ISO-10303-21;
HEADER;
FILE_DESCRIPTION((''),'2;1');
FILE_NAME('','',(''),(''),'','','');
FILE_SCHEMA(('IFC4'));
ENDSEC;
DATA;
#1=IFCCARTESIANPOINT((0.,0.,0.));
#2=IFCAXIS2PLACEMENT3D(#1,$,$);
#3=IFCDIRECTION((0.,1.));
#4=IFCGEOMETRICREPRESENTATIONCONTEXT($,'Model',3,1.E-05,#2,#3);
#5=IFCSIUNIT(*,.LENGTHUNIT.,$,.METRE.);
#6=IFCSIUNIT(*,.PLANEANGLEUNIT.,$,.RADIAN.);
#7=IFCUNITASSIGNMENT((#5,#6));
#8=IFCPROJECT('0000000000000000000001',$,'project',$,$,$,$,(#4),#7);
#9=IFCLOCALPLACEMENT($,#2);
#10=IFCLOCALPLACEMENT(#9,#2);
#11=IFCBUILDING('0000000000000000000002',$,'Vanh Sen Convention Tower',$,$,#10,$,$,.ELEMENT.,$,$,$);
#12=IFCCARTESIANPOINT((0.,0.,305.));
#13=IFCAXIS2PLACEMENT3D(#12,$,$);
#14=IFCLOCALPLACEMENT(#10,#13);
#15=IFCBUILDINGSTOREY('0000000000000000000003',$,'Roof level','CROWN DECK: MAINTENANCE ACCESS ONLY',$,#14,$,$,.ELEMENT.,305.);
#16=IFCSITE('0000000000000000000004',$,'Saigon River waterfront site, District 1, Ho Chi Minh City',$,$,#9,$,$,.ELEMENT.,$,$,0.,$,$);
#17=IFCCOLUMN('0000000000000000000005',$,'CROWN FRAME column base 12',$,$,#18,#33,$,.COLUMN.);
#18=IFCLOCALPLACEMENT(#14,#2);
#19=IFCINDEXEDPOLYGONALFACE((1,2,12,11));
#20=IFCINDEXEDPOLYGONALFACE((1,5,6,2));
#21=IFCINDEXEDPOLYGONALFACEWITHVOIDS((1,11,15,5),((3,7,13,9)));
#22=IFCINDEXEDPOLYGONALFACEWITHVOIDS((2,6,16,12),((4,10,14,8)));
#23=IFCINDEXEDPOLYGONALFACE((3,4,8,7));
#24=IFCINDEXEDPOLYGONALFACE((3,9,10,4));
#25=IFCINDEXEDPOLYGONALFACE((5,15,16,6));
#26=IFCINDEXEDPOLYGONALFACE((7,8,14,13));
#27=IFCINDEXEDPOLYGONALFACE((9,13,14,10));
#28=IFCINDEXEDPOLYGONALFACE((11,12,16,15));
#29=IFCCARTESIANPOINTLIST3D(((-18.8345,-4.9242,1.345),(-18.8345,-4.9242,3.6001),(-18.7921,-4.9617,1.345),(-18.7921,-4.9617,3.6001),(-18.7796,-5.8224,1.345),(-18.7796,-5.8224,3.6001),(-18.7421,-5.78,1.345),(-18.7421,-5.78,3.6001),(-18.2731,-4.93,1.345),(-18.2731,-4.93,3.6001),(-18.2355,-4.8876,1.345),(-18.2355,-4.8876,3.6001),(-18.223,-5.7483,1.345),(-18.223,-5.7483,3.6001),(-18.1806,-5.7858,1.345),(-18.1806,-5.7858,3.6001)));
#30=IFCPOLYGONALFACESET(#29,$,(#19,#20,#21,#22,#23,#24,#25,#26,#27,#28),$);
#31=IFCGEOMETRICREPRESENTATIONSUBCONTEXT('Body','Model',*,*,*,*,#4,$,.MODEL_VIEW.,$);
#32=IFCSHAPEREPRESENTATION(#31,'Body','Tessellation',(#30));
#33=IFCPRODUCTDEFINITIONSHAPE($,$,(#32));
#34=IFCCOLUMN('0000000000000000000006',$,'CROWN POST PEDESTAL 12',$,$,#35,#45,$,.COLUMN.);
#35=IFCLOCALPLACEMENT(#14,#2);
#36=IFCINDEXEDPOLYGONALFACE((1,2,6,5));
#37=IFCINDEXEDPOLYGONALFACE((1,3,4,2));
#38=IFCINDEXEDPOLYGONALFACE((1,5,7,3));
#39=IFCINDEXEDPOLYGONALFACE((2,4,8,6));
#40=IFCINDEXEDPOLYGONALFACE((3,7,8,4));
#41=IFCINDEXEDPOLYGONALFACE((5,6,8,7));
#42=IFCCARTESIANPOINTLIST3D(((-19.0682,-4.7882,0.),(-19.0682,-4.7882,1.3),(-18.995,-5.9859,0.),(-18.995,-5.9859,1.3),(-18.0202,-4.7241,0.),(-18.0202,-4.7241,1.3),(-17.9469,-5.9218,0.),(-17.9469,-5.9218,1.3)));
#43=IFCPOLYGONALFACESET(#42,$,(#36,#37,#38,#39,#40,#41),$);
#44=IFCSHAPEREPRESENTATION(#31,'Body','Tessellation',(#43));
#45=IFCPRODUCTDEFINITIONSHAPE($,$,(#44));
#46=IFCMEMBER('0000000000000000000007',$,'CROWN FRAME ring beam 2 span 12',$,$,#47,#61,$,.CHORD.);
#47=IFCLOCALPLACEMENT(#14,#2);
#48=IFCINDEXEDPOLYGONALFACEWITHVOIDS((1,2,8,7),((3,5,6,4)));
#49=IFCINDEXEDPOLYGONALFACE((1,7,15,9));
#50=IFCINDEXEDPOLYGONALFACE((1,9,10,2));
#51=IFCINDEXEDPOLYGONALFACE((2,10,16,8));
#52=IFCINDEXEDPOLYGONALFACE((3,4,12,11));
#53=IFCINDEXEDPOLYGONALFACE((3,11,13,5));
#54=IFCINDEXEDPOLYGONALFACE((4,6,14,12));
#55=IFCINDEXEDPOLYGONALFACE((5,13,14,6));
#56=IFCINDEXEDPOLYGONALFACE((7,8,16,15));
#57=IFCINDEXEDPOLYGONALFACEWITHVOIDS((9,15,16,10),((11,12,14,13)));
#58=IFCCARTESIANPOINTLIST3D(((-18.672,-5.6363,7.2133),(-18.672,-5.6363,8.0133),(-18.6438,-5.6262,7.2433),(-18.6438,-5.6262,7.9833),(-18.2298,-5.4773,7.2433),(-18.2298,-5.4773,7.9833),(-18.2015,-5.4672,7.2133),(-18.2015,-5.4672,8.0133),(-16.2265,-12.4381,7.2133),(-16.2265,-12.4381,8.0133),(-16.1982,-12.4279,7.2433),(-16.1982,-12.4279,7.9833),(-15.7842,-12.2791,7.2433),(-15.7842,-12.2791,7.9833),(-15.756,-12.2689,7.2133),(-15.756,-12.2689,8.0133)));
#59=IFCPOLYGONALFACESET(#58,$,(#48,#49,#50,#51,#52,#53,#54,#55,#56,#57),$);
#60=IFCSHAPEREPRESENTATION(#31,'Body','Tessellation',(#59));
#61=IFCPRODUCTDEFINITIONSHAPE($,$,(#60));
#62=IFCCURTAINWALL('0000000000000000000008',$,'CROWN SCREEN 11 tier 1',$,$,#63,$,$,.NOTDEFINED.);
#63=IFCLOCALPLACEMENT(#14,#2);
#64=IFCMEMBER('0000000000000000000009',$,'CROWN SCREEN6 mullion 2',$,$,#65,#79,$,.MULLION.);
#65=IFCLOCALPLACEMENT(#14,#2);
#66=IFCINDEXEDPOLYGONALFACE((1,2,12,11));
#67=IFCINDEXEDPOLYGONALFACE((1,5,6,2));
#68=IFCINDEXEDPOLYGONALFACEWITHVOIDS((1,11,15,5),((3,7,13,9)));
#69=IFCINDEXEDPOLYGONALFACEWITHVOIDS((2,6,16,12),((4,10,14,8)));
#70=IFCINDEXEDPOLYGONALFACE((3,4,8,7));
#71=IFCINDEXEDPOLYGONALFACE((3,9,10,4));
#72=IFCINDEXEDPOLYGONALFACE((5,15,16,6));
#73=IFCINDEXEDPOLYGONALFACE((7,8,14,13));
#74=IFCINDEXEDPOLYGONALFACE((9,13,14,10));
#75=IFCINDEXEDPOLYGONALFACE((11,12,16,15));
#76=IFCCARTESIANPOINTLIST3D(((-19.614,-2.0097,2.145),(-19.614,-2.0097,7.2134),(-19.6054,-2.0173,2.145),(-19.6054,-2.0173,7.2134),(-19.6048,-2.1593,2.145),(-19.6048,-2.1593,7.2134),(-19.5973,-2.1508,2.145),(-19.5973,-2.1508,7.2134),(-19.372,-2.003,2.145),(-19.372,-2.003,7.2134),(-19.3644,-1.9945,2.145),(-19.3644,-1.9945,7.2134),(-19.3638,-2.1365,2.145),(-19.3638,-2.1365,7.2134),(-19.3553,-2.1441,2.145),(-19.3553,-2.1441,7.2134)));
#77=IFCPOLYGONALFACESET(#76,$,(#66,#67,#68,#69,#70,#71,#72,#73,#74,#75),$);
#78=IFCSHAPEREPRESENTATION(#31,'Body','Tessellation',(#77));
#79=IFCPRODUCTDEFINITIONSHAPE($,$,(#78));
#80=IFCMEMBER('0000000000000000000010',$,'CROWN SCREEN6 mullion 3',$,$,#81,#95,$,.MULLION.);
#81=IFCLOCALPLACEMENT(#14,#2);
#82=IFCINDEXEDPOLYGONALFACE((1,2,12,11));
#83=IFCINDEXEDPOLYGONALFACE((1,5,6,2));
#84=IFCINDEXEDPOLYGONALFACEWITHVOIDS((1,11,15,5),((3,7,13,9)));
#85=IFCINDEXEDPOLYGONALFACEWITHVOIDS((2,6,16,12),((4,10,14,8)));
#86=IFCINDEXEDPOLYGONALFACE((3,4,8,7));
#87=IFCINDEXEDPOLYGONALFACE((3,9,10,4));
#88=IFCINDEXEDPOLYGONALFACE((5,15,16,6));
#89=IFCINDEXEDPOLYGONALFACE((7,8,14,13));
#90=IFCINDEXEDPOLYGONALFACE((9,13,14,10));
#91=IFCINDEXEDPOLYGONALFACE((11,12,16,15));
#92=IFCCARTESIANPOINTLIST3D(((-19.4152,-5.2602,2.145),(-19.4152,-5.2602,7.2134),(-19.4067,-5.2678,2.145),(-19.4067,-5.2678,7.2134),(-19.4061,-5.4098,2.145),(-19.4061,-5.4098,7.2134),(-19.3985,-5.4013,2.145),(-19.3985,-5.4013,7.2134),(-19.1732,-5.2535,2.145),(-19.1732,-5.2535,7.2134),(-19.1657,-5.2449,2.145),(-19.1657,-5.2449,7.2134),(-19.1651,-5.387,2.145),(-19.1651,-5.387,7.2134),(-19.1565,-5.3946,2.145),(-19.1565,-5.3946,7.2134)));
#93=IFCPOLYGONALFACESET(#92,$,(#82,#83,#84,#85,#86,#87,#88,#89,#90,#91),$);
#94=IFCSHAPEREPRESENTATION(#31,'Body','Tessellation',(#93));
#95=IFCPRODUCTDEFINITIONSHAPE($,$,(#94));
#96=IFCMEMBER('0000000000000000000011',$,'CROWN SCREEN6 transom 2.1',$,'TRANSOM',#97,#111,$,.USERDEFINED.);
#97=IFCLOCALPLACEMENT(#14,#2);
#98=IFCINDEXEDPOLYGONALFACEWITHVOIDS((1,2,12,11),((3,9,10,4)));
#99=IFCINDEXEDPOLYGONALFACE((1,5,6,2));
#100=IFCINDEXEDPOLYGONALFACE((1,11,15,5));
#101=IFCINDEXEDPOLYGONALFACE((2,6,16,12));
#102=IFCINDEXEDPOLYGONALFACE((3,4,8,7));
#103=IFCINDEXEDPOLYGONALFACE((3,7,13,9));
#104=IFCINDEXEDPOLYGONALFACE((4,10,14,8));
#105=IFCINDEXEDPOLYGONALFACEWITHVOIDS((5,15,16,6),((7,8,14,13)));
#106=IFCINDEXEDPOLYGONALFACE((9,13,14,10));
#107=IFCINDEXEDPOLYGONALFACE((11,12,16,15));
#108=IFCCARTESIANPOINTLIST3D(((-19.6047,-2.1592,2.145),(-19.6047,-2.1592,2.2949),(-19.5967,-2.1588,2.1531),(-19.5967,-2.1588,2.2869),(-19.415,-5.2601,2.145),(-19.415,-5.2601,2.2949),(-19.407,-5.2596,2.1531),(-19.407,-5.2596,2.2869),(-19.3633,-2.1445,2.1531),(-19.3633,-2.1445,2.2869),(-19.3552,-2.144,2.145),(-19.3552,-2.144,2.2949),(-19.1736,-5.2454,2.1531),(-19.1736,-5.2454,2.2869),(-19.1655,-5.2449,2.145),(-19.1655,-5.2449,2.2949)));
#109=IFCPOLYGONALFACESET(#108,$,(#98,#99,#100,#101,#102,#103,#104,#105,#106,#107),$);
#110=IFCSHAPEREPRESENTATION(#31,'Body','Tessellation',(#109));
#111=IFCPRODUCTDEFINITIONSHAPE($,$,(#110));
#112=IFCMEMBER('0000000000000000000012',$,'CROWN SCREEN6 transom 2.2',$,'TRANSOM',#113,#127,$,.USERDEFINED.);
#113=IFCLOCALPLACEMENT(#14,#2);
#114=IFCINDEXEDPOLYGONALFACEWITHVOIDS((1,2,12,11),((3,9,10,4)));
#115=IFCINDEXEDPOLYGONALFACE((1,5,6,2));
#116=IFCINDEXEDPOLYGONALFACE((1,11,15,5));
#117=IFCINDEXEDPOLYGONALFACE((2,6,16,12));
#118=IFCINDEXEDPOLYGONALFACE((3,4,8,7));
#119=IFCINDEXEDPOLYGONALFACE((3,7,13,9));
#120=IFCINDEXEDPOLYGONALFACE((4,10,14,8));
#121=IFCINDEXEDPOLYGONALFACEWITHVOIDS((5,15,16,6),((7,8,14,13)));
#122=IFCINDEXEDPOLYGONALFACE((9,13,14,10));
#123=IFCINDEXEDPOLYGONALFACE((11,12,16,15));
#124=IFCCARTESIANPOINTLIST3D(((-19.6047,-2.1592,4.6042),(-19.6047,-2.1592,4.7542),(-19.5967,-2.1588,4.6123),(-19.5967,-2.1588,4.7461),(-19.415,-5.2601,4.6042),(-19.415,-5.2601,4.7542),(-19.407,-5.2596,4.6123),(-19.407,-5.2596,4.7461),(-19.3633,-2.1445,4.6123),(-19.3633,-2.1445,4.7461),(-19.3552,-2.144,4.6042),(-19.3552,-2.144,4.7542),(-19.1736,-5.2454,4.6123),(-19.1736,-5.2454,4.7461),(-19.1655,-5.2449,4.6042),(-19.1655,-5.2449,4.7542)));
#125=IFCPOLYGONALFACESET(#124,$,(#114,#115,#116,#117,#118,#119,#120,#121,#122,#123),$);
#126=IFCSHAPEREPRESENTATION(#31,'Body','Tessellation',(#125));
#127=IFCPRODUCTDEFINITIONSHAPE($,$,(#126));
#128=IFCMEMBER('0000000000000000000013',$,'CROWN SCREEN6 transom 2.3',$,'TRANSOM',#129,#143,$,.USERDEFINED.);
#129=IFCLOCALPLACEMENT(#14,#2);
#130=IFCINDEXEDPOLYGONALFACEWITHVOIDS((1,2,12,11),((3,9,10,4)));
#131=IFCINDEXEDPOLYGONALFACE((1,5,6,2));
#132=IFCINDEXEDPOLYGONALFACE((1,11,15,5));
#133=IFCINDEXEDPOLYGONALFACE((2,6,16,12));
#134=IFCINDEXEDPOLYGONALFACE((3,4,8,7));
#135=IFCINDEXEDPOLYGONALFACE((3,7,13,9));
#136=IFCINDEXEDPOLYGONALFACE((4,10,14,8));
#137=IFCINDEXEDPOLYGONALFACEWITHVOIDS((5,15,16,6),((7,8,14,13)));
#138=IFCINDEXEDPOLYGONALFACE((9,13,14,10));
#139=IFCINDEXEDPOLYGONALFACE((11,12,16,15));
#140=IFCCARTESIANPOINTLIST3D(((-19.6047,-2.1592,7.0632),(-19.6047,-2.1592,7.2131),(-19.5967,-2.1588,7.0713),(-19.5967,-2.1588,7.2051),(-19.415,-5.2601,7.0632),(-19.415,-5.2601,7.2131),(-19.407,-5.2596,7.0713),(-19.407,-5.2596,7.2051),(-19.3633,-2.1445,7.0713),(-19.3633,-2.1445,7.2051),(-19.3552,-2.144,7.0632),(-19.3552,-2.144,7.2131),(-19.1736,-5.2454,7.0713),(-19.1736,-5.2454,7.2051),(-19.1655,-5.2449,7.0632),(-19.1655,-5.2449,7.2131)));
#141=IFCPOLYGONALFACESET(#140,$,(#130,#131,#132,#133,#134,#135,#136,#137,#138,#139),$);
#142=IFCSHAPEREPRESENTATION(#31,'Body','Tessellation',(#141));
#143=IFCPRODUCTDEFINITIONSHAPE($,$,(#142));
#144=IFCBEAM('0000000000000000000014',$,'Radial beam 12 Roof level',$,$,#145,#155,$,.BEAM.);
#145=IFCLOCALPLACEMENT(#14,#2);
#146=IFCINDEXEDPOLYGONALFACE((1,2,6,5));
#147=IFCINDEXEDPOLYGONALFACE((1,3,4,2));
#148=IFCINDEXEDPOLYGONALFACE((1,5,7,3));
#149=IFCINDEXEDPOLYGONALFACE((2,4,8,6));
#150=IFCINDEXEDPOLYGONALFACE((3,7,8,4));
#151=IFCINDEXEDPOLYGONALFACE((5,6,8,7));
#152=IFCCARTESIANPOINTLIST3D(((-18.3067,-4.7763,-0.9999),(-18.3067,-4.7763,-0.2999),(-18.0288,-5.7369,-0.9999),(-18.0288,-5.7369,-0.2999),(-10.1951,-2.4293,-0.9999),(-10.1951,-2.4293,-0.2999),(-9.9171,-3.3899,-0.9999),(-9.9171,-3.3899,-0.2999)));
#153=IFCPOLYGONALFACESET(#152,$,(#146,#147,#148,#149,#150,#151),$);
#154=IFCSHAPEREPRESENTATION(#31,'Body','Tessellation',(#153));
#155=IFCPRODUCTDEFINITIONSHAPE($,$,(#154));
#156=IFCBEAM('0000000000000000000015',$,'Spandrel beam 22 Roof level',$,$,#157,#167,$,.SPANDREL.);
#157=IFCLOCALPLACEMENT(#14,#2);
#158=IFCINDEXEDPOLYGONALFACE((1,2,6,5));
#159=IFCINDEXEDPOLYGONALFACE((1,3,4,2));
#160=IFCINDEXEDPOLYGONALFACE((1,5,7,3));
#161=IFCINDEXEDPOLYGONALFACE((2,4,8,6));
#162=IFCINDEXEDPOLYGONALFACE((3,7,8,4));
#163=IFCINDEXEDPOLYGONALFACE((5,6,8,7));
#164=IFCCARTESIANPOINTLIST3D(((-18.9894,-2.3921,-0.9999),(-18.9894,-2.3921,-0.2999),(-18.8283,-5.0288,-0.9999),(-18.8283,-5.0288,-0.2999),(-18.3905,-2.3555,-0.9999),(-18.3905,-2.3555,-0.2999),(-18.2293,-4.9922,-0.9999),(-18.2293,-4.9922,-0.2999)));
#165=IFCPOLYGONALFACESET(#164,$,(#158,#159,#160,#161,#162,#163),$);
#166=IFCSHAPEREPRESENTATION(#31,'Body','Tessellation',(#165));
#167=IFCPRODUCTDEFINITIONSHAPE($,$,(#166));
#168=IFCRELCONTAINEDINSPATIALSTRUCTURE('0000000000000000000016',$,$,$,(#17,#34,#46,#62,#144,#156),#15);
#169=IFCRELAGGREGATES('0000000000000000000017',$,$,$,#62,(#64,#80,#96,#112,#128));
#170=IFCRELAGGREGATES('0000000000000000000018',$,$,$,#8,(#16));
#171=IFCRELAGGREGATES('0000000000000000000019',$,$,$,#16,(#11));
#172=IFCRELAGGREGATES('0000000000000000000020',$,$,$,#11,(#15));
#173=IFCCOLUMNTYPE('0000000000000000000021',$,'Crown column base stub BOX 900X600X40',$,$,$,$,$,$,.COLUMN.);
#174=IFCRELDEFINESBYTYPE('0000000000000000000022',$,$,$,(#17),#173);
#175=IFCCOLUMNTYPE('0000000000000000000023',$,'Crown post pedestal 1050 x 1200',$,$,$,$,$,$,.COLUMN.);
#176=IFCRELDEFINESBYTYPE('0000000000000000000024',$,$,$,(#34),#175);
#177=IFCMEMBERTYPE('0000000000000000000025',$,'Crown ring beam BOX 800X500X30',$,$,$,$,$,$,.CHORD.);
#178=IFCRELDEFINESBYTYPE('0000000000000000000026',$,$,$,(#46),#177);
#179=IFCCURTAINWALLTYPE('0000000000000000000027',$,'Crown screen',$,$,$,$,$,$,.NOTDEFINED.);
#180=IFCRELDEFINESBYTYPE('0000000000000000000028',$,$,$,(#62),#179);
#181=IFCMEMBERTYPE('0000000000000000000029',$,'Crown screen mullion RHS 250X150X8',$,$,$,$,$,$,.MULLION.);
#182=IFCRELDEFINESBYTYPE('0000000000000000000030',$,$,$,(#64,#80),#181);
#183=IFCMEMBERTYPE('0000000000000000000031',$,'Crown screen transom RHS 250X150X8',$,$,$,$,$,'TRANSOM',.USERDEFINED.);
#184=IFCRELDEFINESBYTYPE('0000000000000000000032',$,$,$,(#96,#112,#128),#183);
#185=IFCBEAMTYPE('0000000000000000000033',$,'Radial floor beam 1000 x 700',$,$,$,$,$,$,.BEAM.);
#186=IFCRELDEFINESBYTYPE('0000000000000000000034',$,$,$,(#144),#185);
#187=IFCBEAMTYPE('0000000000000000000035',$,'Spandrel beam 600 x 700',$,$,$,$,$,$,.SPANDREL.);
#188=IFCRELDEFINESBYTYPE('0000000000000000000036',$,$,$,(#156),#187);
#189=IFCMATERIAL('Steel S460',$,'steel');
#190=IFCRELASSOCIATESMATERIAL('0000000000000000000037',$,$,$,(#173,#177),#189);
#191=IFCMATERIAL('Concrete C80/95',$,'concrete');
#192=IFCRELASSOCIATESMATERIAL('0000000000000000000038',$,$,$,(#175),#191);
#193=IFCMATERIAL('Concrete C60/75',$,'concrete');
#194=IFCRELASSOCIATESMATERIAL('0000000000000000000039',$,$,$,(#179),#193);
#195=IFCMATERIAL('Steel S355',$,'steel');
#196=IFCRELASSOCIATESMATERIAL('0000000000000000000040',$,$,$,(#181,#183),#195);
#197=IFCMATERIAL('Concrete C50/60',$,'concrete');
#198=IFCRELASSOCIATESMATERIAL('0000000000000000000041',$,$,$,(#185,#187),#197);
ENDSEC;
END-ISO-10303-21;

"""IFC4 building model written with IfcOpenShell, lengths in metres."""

from ifc_helpers import new_model, si_unit, direction, frame, origin, origin_2d, place, context, subcontext, project, spatial, rectangle, hollow_rectangle, extrude, material, material_profile, profile_set, type_object, element, aggregate, save


model = new_model("IFC4")

# Units and contexts
model_context = context("Model", 3, precision=1e-05, world=origin(), true_north=direction((0.0, 1.0)))
body_context = subcontext(model_context, "Body", "Model", "MODEL_VIEW")
ifc_project = project(units=[si_unit("LENGTHUNIT", "METRE"), si_unit("PLANEANGLEUNIT", "RADIAN")], contexts=[model_context])

# Site, building, storey
site_placement = place(None, origin())
site = spatial("IfcSite", under=ifc_project, at=site_placement, Name="Saigon River waterfront site, District 1, Ho Chi Minh City", CompositionType="ELEMENT", RefElevation=0.0)
building_placement = place(site_placement, origin())
building = spatial("IfcBuilding", under=site, at=building_placement, Name="Vanh Sen Convention Tower", CompositionType="ELEMENT")
storey_placement = place(building_placement, frame((0.0, 0.0, 305.0)))
storey = spatial("IfcBuildingStorey", under=building, at=storey_placement, Name="Roof level", Description="CROWN DECK: MAINTENANCE ACCESS ONLY", CompositionType="ELEMENT", Elevation=305.0)

# Columns
ifc_material_1 = material(Name="Steel S460", Category="steel")
ifc_material_profile_1 = material_profile(ifc_material_1, hollow_rectangle(XDim=0.6001, YDim=0.8999, WallThickness=0.04, at=origin_2d()), Name="BOX 900X600X40")
ifc_profile_set_1 = profile_set([ifc_material_profile_1], Name="Steel S460")
column_type_1 = type_object("IfcColumnType", Name="Crown column base stub BOX 900X600X40", PredefinedType="COLUMN", material=ifc_profile_set_1)
column_1_placement = place(storey_placement, frame((-18.5076, -5.355, 1.345), z_axis=(0.0, 0.0, 1.0), x_axis=(0.998135, 0.061049, 0.0)))
element("IfcColumn", 1, at=column_1_placement, inside=storey, type_object=column_type_1, Name="CROWN FRAME column base 12", PredefinedType="COLUMN", context=body_context, shape_type="SweptSolid", body=[
    extrude(hollow_rectangle(XDim=0.6001, YDim=0.8999, WallThickness=0.04, at=origin_2d()), origin(), (0.0, 0.0, 1.0), 2.2551),
])
ifc_material_2 = material(Name="Concrete C80/95", Category="concrete")
ifc_material_profile_2 = material_profile(ifc_material_2, rectangle(XDim=1.05, YDim=1.2, at=origin_2d()), Name="RC 1050X1200")
ifc_profile_set_2 = profile_set([ifc_material_profile_2], Name="Concrete C80/95")
column_type_2 = type_object("IfcColumnType", Name="Crown post pedestal 1050 x 1200", PredefinedType="COLUMN", material=ifc_profile_set_2)
column_2_placement = place(storey_placement, frame((-18.5076, -5.355, 0.0), z_axis=(0.0, 0.0, 1.0), x_axis=(0.998135, 0.061049, 0.0)))
element("IfcColumn", 2, at=column_2_placement, inside=storey, type_object=column_type_2, Name="CROWN POST PEDESTAL 12", PredefinedType="COLUMN", context=body_context, shape_type="SweptSolid", body=[
    extrude(rectangle(XDim=1.05, YDim=1.2, at=origin_2d()), origin(), (0.0, 0.0, 1.0), 1.3),
])

# Member
ifc_material_profile_3 = material_profile(ifc_material_1, hollow_rectangle(XDim=0.5, YDim=0.8, WallThickness=0.03, at=origin_2d()), Name="BOX 800X500X30")
ifc_profile_set_3 = profile_set([ifc_material_profile_3], Name="Steel S460")
member_type_1 = type_object("IfcMemberType", Name="Crown ring beam BOX 800X500X30", PredefinedType="CHORD", material=ifc_profile_set_3)
member_1_placement = place(storey_placement, frame((-18.4368, -5.5518, 7.6133), z_axis=(0.338343, -0.941023, 0.0), x_axis=(0.941023, 0.338343, 0.0)))
element("IfcMember", 3, at=member_1_placement, inside=storey, type_object=member_type_1, Name="CROWN FRAME ring beam 2 span 12", PredefinedType="CHORD", context=body_context, shape_type="SweptSolid", body=[
    extrude(hollow_rectangle(XDim=0.5, YDim=0.8, WallThickness=0.03, at=origin_2d()), origin(), (0.0, 0.0, 1.0), 7.228),
])

# Curtain wall, members
ifc_material_3 = material(Name="Concrete C60/75", Category="concrete")
curtain_wall_type = type_object("IfcCurtainWallType", Name="Crown screen", PredefinedType="NOTDEFINED", material=ifc_material_3)
curtain_wall_placement = place(storey_placement, origin())
curtain_wall = element("IfcCurtainWall", 4, at=curtain_wall_placement, inside=storey, type_object=curtain_wall_type, Name="CROWN SCREEN 11 tier 1", PredefinedType="NOTDEFINED")
ifc_material_4 = material(Name="Steel S355", Category="steel")
ifc_material_profile_4 = material_profile(ifc_material_4, hollow_rectangle(XDim=0.25, YDim=0.1499, WallThickness=0.0081, at=origin_2d()), Name="RHS 250X150X8")
ifc_profile_set_4 = profile_set([ifc_material_profile_4], Name="Steel S355")
member_type_2 = type_object("IfcMemberType", Name="Crown screen mullion RHS 250X150X8", PredefinedType="MULLION", material=ifc_profile_set_4)
member_2_placement = place(storey_placement, frame((-19.4846, -2.0769, 2.145), z_axis=(0.0, 0.0, 1.0), x_axis=(0.998135, 0.061051, 0.0)))
member_2 = element("IfcMember", 5, at=member_2_placement, type_object=member_type_2, Name="CROWN SCREEN6 mullion 2", PredefinedType="MULLION", context=body_context, shape_type="SweptSolid", body=[
    extrude(hollow_rectangle(XDim=0.25, YDim=0.1499, WallThickness=0.0081, at=origin_2d()), origin(), (0.0, 0.0, 1.0), 5.0684),
])
member_3_placement = place(storey_placement, frame((-19.2859, -5.3274, 2.145), z_axis=(0.0, 0.0, 1.0), x_axis=(0.998135, 0.061051, 0.0)))
member_3 = element("IfcMember", 6, at=member_3_placement, type_object=member_type_2, Name="CROWN SCREEN6 mullion 3", PredefinedType="MULLION", context=body_context, shape_type="SweptSolid", body=[
    extrude(hollow_rectangle(XDim=0.25, YDim=0.1499, WallThickness=0.0081, at=origin_2d()), origin(), (0.0, 0.0, 1.0), 5.0684),
])
ifc_material_profile_5 = material_profile(ifc_material_4, hollow_rectangle(XDim=0.25, YDim=0.1499, WallThickness=0.0081, at=origin_2d()), Name="RHS 250X150X8")
ifc_profile_set_5 = profile_set([ifc_material_profile_5], Name="Steel S355")
member_type_3 = type_object("IfcMemberType", Name="Crown screen transom RHS 250X150X8", ElementType="TRANSOM", PredefinedType="USERDEFINED", material=ifc_profile_set_5)
member_4_placement = place(storey_placement, frame((-19.48, -2.1516, 2.22), z_axis=(0.061062, -0.998134, 0.0), x_axis=(0.998134, 0.061062, 0.0)))
member_4 = element("IfcMember", 7, at=member_4_placement, type_object=member_type_3, Name="CROWN SCREEN6 transom 2.1", ObjectType="TRANSOM", PredefinedType="USERDEFINED", context=body_context, shape_type="SweptSolid", body=[
    extrude(hollow_rectangle(XDim=0.25, YDim=0.1499, WallThickness=0.0081, at=origin_2d()), origin(), (0.0, 0.0, 1.0), 3.1067),
])
member_5_placement = place(storey_placement, frame((-19.48, -2.1516, 4.6792), z_axis=(0.061062, -0.998134, 0.0), x_axis=(0.998134, 0.061062, 0.0)))
member_5 = element("IfcMember", 8, at=member_5_placement, type_object=member_type_3, Name="CROWN SCREEN6 transom 2.2", ObjectType="TRANSOM", PredefinedType="USERDEFINED", context=body_context, shape_type="SweptSolid", body=[
    extrude(hollow_rectangle(XDim=0.25, YDim=0.1499, WallThickness=0.0081, at=origin_2d()), origin(), (0.0, 0.0, 1.0), 3.1067),
])
member_6_placement = place(storey_placement, frame((-19.48, -2.1516, 7.1382), z_axis=(0.061062, -0.998134, 0.0), x_axis=(0.998134, 0.061062, 0.0)))
member_6 = element("IfcMember", 9, at=member_6_placement, type_object=member_type_3, Name="CROWN SCREEN6 transom 2.3", ObjectType="TRANSOM", PredefinedType="USERDEFINED", context=body_context, shape_type="SweptSolid", body=[
    extrude(hollow_rectangle(XDim=0.25, YDim=0.1499, WallThickness=0.0081, at=origin_2d()), origin(), (0.0, 0.0, 1.0), 3.1067),
])

# Beams
ifc_material_5 = material(Name="Concrete C50/60", Category="concrete")
ifc_material_profile_6 = material_profile(ifc_material_5, rectangle(XDim=1.0, YDim=0.7, at=origin_2d()), Name="RC 1000X700")
ifc_profile_set_6 = profile_set([ifc_material_profile_6], Name="Concrete C50/60")
beam_type_1 = type_object("IfcBeamType", Name="Radial floor beam 1000 x 700", PredefinedType="BEAM", material=ifc_profile_set_6)
beam_1_placement = place(storey_placement, frame((-18.1677, -5.2566, -0.6499), z_axis=(0.960601, 0.277931, 0.0), x_axis=(-0.277931, 0.960601, 0.0)))
element("IfcBeam", 10, at=beam_1_placement, inside=storey, type_object=beam_type_1, Name="Radial beam 12 Roof level", PredefinedType="BEAM", context=body_context, shape_type="SweptSolid", body=[
    extrude(rectangle(XDim=1.0, YDim=0.7, at=origin_2d()), origin(), (0.0, 0.0, 1.0), 8.4443),
])
ifc_material_profile_7 = material_profile(ifc_material_5, rectangle(XDim=0.6001, YDim=0.7, at=origin_2d()), Name="RC 600X700")
ifc_profile_set_7 = profile_set([ifc_material_profile_7], Name="Concrete C50/60")
beam_type_2 = type_object("IfcBeamType", Name="Spandrel beam 600 x 700", PredefinedType="SPANDREL", material=ifc_profile_set_7)
beam_2_placement = place(storey_placement, frame((-18.6899, -2.3738, -0.6499), z_axis=(0.060997, -0.998138, 0.0), x_axis=(0.998138, 0.060997, 0.0)))
element("IfcBeam", 11, at=beam_2_placement, inside=storey, type_object=beam_type_2, Name="Spandrel beam 22 Roof level", PredefinedType="SPANDREL", context=body_context, shape_type="SweptSolid", body=[
    extrude(rectangle(XDim=0.6001, YDim=0.7, at=origin_2d()), origin(), (0.0, 0.0, 1.0), 2.6416),
])

aggregate(curtain_wall, [member_2, member_3, member_4, member_5, member_6])

save(model, "model.ifc")
